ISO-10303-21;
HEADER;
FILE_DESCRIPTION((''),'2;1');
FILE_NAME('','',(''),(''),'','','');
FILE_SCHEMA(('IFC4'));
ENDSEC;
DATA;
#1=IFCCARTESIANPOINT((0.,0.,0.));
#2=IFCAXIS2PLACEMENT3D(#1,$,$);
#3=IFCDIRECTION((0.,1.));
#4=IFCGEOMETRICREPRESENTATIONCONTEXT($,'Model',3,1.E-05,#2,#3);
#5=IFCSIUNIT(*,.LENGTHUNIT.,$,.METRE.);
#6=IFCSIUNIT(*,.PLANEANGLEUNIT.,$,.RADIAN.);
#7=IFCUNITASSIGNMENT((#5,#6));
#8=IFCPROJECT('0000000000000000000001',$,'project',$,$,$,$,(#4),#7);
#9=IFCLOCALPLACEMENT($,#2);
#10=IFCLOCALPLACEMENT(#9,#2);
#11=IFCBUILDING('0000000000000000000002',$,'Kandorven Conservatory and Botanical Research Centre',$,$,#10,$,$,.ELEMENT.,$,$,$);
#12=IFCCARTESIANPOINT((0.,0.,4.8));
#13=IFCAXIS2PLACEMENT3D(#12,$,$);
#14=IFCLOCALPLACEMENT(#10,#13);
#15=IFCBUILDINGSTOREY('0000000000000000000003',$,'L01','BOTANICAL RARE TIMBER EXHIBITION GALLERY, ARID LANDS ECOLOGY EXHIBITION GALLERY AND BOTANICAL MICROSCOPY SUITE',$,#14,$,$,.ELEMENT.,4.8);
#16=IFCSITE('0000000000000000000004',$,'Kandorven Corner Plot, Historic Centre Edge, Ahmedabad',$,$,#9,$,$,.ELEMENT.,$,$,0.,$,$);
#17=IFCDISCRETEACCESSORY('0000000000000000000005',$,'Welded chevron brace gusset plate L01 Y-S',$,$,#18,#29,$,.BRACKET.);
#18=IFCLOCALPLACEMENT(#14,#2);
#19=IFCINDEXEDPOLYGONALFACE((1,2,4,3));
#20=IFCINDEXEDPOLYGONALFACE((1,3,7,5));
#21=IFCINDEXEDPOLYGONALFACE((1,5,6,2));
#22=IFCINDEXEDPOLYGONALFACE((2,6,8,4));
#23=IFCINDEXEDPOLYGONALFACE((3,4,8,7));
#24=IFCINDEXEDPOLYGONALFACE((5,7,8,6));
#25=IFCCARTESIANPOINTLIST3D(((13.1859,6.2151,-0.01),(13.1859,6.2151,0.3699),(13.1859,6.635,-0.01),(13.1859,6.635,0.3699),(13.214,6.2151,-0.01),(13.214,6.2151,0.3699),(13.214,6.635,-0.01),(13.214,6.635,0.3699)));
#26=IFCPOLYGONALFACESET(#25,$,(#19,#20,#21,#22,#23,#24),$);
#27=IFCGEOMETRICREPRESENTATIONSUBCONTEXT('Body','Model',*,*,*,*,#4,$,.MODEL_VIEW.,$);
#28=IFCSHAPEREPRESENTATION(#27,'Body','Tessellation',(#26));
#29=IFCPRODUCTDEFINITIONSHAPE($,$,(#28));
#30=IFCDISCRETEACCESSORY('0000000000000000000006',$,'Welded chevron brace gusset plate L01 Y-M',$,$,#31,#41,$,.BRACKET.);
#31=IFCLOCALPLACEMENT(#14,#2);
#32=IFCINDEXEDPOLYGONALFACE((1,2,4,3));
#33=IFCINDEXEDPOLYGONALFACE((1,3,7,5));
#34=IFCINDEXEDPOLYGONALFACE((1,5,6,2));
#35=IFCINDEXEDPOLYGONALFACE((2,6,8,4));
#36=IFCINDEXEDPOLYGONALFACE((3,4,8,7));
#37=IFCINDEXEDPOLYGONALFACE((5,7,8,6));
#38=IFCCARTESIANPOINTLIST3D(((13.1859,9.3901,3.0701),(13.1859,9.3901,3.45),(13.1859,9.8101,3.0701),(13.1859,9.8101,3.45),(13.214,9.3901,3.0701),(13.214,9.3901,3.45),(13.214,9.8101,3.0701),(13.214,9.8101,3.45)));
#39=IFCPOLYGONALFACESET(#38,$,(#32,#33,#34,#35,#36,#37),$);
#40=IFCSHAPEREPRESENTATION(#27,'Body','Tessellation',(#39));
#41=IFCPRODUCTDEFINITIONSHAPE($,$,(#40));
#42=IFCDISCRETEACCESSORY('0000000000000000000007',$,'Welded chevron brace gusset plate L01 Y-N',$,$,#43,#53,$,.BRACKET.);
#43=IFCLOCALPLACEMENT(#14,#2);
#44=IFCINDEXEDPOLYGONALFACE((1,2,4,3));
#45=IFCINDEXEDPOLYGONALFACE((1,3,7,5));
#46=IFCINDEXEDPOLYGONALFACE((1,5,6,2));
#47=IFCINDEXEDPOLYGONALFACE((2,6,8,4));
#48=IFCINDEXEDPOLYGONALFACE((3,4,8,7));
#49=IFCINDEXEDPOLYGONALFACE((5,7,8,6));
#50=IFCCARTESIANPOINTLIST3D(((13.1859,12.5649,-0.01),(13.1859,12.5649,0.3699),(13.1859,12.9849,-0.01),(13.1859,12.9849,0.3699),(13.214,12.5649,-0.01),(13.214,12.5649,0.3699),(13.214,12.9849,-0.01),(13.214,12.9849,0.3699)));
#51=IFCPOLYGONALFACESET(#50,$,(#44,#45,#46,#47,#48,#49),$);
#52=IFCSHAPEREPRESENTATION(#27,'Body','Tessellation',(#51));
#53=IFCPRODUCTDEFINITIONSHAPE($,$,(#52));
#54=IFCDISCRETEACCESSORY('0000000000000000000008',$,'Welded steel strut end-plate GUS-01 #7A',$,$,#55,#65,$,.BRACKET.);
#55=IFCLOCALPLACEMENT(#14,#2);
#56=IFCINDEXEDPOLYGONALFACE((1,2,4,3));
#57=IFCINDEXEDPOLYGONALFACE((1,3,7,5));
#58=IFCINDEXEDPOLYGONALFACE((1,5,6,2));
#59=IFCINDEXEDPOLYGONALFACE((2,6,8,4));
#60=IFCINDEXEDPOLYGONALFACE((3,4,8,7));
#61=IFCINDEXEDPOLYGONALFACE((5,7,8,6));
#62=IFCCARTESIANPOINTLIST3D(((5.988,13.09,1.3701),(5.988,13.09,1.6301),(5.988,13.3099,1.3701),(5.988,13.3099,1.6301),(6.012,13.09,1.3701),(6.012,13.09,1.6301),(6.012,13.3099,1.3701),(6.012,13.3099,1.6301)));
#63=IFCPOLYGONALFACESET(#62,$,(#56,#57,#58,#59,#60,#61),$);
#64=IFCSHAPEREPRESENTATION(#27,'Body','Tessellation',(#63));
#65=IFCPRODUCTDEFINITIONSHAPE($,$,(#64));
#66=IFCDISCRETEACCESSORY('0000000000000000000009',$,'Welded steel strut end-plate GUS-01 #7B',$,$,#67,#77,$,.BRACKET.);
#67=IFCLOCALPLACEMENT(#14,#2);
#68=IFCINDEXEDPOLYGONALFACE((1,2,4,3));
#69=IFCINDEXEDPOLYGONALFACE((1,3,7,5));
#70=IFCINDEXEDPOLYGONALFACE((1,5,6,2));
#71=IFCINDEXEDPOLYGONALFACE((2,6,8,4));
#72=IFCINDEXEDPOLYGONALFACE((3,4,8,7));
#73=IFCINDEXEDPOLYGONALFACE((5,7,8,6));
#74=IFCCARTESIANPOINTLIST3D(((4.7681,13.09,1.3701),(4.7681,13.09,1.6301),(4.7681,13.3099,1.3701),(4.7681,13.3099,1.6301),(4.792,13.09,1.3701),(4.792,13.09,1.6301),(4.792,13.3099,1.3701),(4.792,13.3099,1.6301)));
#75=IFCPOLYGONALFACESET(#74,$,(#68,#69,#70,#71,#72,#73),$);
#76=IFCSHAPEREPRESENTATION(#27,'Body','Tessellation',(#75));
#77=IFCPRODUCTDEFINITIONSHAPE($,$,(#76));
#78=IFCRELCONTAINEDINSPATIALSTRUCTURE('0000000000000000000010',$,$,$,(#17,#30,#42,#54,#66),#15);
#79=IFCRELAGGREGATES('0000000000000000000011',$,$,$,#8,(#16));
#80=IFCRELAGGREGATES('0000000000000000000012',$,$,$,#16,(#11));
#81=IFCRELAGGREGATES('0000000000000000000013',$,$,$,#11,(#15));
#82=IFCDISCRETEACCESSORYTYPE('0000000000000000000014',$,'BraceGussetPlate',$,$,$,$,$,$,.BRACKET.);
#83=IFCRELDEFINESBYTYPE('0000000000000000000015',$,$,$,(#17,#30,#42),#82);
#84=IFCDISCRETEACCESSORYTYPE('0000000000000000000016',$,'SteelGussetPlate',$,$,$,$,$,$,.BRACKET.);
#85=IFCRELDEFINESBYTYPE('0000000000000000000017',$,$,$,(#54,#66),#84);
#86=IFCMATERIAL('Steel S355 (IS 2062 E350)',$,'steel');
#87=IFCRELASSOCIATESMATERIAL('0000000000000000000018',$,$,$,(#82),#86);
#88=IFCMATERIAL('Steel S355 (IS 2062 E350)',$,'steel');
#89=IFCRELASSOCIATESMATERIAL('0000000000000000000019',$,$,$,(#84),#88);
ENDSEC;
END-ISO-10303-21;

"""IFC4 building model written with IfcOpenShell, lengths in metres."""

from ifc_helpers import new_model, si_unit, direction, frame, origin, origin_2d, place, context, subcontext, project, spatial, rectangle, extrude, material, type_object, element, save


model = new_model("IFC4")

# Units and contexts
model_context = context("Model", 3, precision=1e-05, world=origin(), true_north=direction((0.0, 1.0)))
body_context = subcontext(model_context, "Body", "Model", "MODEL_VIEW")
ifc_project = project(units=[si_unit("LENGTHUNIT", "METRE"), si_unit("PLANEANGLEUNIT", "RADIAN")], contexts=[model_context])

# Site, building, storey
site_placement = place(None, origin())
site = spatial("IfcSite", under=ifc_project, at=site_placement, Name="Kandorven Corner Plot, Historic Centre Edge, Ahmedabad", CompositionType="ELEMENT", RefElevation=0.0)
building_placement = place(site_placement, origin())
building = spatial("IfcBuilding", under=site, at=building_placement, Name="Kandorven Conservatory and Botanical Research Centre", CompositionType="ELEMENT")
storey_placement = place(building_placement, frame((0.0, 0.0, 4.8)))
storey = spatial("IfcBuildingStorey", under=building, at=storey_placement, Name="L01", Description="BOTANICAL RARE TIMBER EXHIBITION GALLERY, ARID LANDS ECOLOGY EXHIBITION GALLERY AND BOTANICAL MICROSCOPY SUITE", CompositionType="ELEMENT", Elevation=4.8)

# Discrete accessories
ifc_material_1 = material(Name="Steel S355 (IS 2062 E350)", Category="steel")
discrete_accessory_type_1 = type_object("IfcDiscreteAccessoryType", Name="BraceGussetPlate", PredefinedType="BRACKET", material=ifc_material_1)
for number, where, z_axis, x_axis, name in (
    (1, (13.2, 6.425, -0.01), (0.0, 0.0, 1.0), (1.0, 0.0, 0.0), "Welded chevron brace gusset plate L01 Y-S"),
    (2, (13.2, 9.6001, 3.0701), (0.0, 0.0, 1.0), (1.0, 0.0, 0.0), "Welded chevron brace gusset plate L01 Y-M"),
    (3, (13.2, 12.7749, -0.01), (0.0, 0.0, 1.0), (1.0, 0.0, 0.0), "Welded chevron brace gusset plate L01 Y-N"),
):
    element("IfcDiscreteAccessory", number, at=place(storey_placement, frame(where, z_axis=z_axis, x_axis=x_axis)), inside=storey, type_object=discrete_accessory_type_1, Name=name, PredefinedType="BRACKET", context=body_context, shape_type="SweptSolid", body=[
        extrude(rectangle(XDim=0.0281, YDim=0.4199, at=origin_2d()), origin(), (0.0, 0.0, 1.0), 0.3799),
    ])
ifc_material_2 = material(Name="Steel S355 (IS 2062 E350)", Category="steel")
discrete_accessory_type_2 = type_object("IfcDiscreteAccessoryType", Name="SteelGussetPlate", PredefinedType="BRACKET", material=ifc_material_2)
for number, where, z_axis, x_axis, name in (
    (4, (6.0, 13.2, 1.3701), (0.0, 0.0, 1.0), (1.0, 0.0, 0.0), "Welded steel strut end-plate GUS-01 #7A"),
    (5, (4.78, 13.2, 1.3701), (0.0, 0.0, 1.0), (1.0, 0.0, 0.0), "Welded steel strut end-plate GUS-01 #7B"),
):
    element("IfcDiscreteAccessory", number, at=place(storey_placement, frame(where, z_axis=z_axis, x_axis=x_axis)), inside=storey, type_object=discrete_accessory_type_2, Name=name, PredefinedType="BRACKET", context=body_context, shape_type="SweptSolid", body=[
        extrude(rectangle(XDim=0.0239, YDim=0.22, at=origin_2d()), origin(), (0.0, 0.0, 1.0), 0.26),
    ])

save(model, "model.ifc")
